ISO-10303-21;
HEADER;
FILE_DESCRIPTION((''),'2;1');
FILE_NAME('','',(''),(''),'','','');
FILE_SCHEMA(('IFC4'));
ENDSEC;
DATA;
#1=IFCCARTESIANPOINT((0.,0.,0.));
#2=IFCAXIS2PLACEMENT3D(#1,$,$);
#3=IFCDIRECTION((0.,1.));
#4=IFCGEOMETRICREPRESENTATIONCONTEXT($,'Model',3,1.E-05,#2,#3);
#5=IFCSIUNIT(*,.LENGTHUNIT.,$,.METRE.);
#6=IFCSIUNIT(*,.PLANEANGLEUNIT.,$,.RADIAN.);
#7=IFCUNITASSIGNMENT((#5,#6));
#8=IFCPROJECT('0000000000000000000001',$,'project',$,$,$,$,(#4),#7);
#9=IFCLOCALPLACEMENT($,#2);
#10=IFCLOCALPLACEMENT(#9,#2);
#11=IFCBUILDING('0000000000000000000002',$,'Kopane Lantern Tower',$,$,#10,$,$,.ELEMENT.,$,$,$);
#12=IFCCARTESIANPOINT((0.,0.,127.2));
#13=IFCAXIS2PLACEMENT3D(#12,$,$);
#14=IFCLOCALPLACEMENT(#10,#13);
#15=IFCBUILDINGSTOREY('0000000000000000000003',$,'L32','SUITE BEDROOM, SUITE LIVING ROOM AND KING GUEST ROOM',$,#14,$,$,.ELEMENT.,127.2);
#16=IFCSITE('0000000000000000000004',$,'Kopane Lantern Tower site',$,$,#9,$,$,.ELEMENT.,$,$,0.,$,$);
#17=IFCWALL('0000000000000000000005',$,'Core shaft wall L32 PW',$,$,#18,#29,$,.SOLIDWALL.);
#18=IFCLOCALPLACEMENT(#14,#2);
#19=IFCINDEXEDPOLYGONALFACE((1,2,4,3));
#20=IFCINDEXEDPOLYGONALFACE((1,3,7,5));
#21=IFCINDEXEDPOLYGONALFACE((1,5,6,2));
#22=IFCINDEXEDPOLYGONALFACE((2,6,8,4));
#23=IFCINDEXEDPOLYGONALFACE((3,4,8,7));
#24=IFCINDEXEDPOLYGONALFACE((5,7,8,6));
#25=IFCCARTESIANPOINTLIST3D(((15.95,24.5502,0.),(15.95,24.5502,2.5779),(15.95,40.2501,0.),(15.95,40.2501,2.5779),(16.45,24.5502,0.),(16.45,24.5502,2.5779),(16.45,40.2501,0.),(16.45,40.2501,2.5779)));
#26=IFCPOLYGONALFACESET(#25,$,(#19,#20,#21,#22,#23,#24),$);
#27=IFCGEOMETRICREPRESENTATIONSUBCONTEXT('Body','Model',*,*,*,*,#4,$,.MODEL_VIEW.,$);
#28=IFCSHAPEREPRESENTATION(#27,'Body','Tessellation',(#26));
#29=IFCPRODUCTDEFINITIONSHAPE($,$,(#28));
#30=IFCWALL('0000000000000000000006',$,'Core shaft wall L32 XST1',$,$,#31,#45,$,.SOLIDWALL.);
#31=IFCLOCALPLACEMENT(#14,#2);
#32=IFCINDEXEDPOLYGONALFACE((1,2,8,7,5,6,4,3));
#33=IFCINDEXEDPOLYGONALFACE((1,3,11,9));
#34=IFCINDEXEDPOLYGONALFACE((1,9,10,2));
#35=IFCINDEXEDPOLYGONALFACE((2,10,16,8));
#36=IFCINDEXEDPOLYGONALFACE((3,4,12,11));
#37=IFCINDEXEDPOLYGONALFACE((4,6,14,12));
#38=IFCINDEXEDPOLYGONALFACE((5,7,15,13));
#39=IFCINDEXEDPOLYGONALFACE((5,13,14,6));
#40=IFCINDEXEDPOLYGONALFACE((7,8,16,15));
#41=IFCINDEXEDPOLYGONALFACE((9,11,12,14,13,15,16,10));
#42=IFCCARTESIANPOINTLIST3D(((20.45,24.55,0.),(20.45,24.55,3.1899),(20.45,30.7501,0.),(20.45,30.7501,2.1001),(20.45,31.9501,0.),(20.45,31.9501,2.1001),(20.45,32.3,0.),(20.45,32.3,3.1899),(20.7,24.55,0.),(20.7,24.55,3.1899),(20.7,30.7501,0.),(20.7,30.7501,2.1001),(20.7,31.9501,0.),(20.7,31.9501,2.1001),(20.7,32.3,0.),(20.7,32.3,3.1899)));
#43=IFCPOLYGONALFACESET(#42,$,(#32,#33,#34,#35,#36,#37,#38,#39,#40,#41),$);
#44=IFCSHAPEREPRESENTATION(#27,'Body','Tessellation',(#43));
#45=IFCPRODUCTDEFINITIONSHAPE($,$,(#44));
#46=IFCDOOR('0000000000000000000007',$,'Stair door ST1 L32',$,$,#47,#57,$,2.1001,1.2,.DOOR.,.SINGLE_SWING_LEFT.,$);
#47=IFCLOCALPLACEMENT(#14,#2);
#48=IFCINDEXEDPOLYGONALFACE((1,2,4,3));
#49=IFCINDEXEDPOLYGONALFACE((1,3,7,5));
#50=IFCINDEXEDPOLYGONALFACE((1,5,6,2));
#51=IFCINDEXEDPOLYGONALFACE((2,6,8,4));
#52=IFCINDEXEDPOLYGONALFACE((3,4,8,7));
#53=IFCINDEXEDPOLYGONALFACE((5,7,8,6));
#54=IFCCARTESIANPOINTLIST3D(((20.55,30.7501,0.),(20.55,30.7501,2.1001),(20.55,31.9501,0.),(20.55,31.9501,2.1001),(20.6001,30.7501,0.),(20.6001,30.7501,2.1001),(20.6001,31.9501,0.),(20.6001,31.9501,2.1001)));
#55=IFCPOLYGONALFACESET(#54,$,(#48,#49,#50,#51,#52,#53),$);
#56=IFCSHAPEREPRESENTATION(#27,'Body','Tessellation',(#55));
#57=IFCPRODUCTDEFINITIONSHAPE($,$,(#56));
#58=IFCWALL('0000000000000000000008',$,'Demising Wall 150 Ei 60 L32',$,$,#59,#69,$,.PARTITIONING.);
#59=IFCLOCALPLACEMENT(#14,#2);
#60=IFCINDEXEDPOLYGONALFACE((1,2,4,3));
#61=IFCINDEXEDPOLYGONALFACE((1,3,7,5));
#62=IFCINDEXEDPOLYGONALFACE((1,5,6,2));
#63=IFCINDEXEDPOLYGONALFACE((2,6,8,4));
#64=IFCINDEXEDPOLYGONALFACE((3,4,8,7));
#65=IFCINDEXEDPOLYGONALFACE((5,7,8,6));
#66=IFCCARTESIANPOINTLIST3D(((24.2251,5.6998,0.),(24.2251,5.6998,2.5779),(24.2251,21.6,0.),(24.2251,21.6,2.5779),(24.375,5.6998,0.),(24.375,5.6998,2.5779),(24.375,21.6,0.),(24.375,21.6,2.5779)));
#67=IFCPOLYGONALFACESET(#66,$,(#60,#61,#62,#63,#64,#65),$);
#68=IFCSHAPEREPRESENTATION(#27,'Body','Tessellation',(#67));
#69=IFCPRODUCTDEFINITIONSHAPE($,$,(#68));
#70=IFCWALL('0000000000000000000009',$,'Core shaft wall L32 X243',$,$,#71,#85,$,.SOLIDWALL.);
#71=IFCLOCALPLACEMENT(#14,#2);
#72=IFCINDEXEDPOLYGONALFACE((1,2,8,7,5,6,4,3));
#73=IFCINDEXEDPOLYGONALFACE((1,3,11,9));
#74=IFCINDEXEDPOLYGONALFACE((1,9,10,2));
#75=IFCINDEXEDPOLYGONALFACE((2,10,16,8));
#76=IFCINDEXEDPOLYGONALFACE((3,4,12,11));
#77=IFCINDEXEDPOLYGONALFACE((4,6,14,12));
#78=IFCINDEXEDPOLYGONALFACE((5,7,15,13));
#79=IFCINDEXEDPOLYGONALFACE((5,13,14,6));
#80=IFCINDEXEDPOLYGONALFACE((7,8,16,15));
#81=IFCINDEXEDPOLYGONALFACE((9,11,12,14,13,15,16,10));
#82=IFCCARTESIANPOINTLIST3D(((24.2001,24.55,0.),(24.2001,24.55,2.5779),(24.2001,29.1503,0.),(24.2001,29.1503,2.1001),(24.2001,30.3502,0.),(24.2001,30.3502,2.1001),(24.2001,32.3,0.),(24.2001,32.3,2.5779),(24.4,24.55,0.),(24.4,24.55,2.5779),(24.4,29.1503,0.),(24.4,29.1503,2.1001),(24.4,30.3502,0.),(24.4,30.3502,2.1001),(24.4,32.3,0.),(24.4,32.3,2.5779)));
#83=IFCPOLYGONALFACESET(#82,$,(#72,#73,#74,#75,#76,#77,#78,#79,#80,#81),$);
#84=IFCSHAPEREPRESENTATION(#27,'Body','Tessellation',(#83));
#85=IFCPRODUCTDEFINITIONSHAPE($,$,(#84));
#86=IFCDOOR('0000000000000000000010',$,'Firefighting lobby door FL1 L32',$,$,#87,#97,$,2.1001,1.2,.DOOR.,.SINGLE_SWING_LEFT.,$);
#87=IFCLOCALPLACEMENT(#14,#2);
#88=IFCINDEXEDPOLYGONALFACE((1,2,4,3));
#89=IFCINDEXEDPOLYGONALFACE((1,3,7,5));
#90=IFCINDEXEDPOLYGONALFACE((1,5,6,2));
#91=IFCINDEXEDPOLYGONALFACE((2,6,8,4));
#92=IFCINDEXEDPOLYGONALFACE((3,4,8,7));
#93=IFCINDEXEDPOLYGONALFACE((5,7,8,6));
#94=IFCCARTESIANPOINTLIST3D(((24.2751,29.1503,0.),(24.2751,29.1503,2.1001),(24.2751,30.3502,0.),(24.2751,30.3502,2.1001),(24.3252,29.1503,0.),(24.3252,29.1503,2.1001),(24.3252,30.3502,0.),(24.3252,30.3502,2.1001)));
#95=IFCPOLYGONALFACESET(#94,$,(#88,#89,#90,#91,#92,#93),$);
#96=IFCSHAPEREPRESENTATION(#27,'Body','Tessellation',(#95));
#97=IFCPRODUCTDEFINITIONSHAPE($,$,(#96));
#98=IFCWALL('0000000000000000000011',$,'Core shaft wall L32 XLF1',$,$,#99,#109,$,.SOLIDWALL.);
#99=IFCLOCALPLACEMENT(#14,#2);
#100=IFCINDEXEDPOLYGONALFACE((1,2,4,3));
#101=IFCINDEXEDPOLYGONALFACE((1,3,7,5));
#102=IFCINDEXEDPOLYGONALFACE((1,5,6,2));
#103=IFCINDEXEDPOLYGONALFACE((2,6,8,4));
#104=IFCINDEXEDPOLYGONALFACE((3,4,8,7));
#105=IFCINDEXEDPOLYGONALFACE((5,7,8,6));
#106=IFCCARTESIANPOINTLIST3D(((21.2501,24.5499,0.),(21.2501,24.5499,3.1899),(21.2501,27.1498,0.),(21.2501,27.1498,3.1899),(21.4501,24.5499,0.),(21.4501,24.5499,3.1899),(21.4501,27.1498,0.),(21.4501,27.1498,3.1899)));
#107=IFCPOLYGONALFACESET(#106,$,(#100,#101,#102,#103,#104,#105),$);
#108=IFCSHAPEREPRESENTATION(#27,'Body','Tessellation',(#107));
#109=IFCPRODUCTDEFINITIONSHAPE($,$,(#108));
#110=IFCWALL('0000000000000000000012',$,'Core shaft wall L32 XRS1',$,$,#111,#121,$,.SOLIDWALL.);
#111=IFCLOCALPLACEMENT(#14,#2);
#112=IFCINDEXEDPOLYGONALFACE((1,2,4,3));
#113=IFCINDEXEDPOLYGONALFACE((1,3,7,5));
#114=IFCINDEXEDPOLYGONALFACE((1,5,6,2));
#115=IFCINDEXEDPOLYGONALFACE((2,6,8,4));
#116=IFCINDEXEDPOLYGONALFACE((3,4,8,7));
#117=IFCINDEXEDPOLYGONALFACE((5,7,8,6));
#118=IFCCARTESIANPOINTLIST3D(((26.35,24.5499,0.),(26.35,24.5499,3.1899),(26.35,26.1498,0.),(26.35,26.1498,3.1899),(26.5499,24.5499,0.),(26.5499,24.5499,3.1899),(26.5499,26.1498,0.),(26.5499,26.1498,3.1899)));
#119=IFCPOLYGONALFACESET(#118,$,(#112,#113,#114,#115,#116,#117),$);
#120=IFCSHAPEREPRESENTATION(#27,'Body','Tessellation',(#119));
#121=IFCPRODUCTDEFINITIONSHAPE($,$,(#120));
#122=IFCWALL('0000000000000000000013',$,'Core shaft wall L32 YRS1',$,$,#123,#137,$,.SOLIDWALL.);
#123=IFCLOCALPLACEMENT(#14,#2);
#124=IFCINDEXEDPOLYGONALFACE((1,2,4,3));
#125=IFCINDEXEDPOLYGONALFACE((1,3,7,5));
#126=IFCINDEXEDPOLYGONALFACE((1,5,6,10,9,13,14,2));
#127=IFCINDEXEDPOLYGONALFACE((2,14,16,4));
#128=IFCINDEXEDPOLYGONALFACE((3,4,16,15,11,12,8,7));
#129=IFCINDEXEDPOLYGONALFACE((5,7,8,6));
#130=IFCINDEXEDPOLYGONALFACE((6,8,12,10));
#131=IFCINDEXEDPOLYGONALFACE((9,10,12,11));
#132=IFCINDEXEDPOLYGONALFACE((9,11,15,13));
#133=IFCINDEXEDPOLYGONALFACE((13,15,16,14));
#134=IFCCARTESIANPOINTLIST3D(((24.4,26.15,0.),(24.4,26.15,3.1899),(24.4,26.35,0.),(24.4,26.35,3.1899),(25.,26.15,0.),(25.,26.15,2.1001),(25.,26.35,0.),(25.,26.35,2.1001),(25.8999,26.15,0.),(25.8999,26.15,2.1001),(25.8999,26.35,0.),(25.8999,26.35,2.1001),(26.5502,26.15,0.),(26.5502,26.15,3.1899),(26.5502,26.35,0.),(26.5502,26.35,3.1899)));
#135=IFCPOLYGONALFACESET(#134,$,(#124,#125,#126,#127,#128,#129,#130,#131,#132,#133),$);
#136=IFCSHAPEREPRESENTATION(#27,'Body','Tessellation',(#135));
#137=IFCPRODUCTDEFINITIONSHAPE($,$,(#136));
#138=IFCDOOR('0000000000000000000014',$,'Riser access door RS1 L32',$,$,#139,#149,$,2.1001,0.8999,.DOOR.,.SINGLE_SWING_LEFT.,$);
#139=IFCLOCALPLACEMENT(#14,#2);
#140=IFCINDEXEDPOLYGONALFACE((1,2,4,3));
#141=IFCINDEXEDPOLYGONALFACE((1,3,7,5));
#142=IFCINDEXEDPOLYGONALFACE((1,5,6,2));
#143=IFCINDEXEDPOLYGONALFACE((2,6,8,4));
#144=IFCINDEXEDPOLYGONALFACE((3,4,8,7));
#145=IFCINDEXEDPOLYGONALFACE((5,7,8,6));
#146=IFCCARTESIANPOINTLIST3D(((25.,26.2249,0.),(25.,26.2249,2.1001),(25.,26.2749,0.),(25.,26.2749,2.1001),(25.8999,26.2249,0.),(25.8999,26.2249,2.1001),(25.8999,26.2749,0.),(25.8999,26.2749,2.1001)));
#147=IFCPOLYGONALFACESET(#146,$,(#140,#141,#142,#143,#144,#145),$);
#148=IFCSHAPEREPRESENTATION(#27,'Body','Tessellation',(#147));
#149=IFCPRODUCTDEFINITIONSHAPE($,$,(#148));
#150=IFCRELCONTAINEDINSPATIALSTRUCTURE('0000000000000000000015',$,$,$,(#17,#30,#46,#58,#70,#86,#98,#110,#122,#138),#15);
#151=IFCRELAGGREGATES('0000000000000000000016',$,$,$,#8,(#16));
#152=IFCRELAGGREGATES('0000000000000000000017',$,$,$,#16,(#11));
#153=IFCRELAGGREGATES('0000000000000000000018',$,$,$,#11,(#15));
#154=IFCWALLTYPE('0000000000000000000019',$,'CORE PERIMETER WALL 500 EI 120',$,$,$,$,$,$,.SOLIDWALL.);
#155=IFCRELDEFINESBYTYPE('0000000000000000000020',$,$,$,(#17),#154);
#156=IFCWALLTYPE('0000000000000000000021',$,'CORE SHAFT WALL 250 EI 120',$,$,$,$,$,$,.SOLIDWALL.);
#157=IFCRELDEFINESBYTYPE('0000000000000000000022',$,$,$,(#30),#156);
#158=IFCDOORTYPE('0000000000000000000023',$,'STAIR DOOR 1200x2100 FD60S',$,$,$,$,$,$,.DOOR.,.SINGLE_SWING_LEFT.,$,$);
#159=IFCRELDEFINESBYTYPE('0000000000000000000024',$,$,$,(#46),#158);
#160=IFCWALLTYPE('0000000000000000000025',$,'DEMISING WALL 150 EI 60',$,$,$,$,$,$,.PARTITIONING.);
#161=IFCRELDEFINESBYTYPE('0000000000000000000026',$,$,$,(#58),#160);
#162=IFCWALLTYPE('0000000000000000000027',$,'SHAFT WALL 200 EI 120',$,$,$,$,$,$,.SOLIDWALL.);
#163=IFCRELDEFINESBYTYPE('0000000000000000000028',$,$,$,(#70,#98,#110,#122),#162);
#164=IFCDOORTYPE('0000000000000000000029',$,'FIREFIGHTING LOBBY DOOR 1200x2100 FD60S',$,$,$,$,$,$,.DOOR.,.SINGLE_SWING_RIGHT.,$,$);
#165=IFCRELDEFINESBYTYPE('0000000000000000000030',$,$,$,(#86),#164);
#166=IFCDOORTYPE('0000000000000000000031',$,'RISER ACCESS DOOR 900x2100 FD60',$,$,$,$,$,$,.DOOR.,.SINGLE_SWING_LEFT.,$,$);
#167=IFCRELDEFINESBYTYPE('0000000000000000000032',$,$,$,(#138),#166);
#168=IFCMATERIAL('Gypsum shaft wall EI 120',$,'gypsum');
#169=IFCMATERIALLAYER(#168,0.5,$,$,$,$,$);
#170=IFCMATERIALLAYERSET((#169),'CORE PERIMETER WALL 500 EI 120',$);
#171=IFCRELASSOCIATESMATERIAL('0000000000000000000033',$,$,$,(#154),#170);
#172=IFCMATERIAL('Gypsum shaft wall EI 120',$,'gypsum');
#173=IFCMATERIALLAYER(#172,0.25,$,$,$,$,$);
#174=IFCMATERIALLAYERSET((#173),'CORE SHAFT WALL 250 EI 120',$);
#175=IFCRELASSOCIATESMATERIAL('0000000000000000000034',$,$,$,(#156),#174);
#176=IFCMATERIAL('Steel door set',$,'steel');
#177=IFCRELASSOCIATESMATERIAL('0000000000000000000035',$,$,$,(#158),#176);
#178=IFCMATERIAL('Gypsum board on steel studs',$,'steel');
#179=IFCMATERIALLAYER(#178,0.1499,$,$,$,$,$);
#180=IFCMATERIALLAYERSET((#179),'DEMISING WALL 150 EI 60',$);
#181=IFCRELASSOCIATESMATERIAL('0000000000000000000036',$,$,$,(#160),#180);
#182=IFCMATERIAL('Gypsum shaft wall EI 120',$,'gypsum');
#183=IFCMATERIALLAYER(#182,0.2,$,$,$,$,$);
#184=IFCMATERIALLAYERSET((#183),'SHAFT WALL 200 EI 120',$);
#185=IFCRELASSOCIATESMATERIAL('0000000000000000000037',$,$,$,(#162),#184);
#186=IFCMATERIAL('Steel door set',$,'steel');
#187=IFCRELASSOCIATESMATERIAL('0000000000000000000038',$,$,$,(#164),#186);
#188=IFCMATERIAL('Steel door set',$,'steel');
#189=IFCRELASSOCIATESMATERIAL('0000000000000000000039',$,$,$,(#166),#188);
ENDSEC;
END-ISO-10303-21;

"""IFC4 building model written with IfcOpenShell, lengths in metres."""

from ifc_helpers import new_model, si_unit, direction, frame, frame_2d, origin, place, context, subcontext, project, spatial, rectangle, extrude, material, layer, layer_set, type_object, element, fill, save


model = new_model("IFC4")

# Units and contexts
model_context = context("Model", 3, precision=1e-05, world=origin(), true_north=direction((0.0, 1.0)))
body_context = subcontext(model_context, "Body", "Model", "MODEL_VIEW")
ifc_project = project(units=[si_unit("LENGTHUNIT", "METRE"), si_unit("PLANEANGLEUNIT", "RADIAN")], contexts=[model_context])

# Site, building, storey
site_placement = place(None, origin())
site = spatial("IfcSite", under=ifc_project, at=site_placement, Name="Kopane Lantern Tower site", CompositionType="ELEMENT", RefElevation=0.0)
building_placement = place(site_placement, origin())
building = spatial("IfcBuilding", under=site, at=building_placement, Name="Kopane Lantern Tower", CompositionType="ELEMENT")
storey_placement = place(building_placement, frame((0.0, 0.0, 127.2)))
storey = spatial("IfcBuildingStorey", under=building, at=storey_placement, Name="L32", Description="SUITE BEDROOM, SUITE LIVING ROOM AND KING GUEST ROOM", CompositionType="ELEMENT", Elevation=127.2)

# Wall
ifc_material_1 = material(Name="Gypsum shaft wall EI 120", Category="gypsum")
ifc_layer_1 = layer(ifc_material_1, 0.5)
ifc_layer_set_1 = layer_set([ifc_layer_1], Name="CORE PERIMETER WALL 500 EI 120")
wall_type_1 = type_object("IfcWallType", Name="CORE PERIMETER WALL 500 EI 120", PredefinedType="SOLIDWALL", material=ifc_layer_set_1)
wall_1_placement = place(storey_placement, frame((16.2, 24.55, 0.0), z_axis=(0.0, 0.0, 1.0), x_axis=(0.0, 1.0, 0.0)))
element("IfcWall", 1, at=wall_1_placement, inside=storey, type_object=wall_type_1, Name="Core shaft wall L32 PW", PredefinedType="SOLIDWALL", context=body_context, shape_type="SweptSolid", body=[
    extrude(rectangle(XDim=15.7, YDim=0.5, at=frame_2d((7.8501, 0.0))), origin(), (0.0, 0.0, 1.0), 2.5779),
])

# Wall, opening, door
ifc_material_2 = material(Name="Gypsum shaft wall EI 120", Category="gypsum")
ifc_layer_2 = layer(ifc_material_2, 0.25)
ifc_layer_set_2 = layer_set([ifc_layer_2], Name="CORE SHAFT WALL 250 EI 120")
wall_type_2 = type_object("IfcWallType", Name="CORE SHAFT WALL 250 EI 120", PredefinedType="SOLIDWALL", material=ifc_layer_set_2)
wall_2_placement = place(storey_placement, frame((20.575, 24.55, 0.0), z_axis=(0.0, 0.0, 1.0), x_axis=(0.0, 1.0, 0.0)))
wall_2 = element("IfcWall", 2, at=wall_2_placement, inside=storey, type_object=wall_type_2, Name="Core shaft wall L32 XST1", PredefinedType="SOLIDWALL", context=body_context, shape_type="SweptSolid", body=[
    extrude(rectangle(XDim=7.75, YDim=0.25, at=frame_2d((3.875, 0.0))), origin(), (0.0, 0.0, 1.0), 3.1899),
])
opening_1_placement = place(wall_2_placement, frame((6.2, 0.0, 0.0)))
opening_1 = element("IfcOpeningElement", 3, at=opening_1_placement, cuts=wall_2, PredefinedType="OPENING", context=body_context, shape_type="SweptSolid", body=[
    extrude(rectangle(XDim=1.2, YDim=2.1001, at=frame_2d((0.6001, 1.05))), frame((0.0, 0.135, 0.0), z_axis=(0.0, -1.0, 0.0), x_axis=(1.0, 0.0, 0.0)), (0.0, 0.0, 1.0), 0.27),
])
ifc_material_3 = material(Name="Steel door set", Category="steel")
door_type_1 = type_object("IfcDoorType", Name="STAIR DOOR 1200x2100 FD60S", OperationType="SINGLE_SWING_LEFT", PredefinedType="DOOR", material=ifc_material_3)
door_1_placement = place(opening_1_placement, origin())
door_1 = element("IfcDoor", 4, at=door_1_placement, inside=storey, type_object=door_type_1, Name="Stair door ST1 L32", OperationType="SINGLE_SWING_LEFT", OverallHeight=2.1001, OverallWidth=1.2, PredefinedType="DOOR", context=body_context, shape_type="SweptSolid", body=[
    extrude(rectangle(XDim=1.2, YDim=2.1001, at=frame_2d((0.6001, 1.05))), frame((0.0, 0.0249, 0.0), z_axis=(0.0, -1.0, 0.0), x_axis=(1.0, 0.0, 0.0)), (0.0, 0.0, 1.0), 0.05),
])
fill(opening_1, door_1)

# Wall
ifc_material_4 = material(Name="Gypsum board on steel studs", Category="steel")
ifc_layer_3 = layer(ifc_material_4, 0.1499)
ifc_layer_set_3 = layer_set([ifc_layer_3], Name="DEMISING WALL 150 EI 60")
wall_type_3 = type_object("IfcWallType", Name="DEMISING WALL 150 EI 60", PredefinedType="PARTITIONING", material=ifc_layer_set_3)
wall_3_placement = place(storey_placement, frame((24.3, 21.6001, 0.0), z_axis=(0.0, 0.0, 1.0), x_axis=(0.0, -1.0, 0.0)))
element("IfcWall", 5, at=wall_3_placement, inside=storey, type_object=wall_type_3, Name="Demising Wall 150 Ei 60 L32", PredefinedType="PARTITIONING", context=body_context, shape_type="SweptSolid", body=[
    extrude(rectangle(XDim=15.9001, YDim=0.1499, at=frame_2d((7.9502, 0.0))), origin(), (0.0, 0.0, 1.0), 2.5779),
])

# Wall, opening, door
ifc_material_5 = material(Name="Gypsum shaft wall EI 120", Category="gypsum")
ifc_layer_4 = layer(ifc_material_5, 0.2)
ifc_layer_set_4 = layer_set([ifc_layer_4], Name="SHAFT WALL 200 EI 120")
wall_type_4 = type_object("IfcWallType", Name="SHAFT WALL 200 EI 120", PredefinedType="SOLIDWALL", material=ifc_layer_set_4)
wall_4_placement = place(storey_placement, frame((24.3, 24.55, 0.0), z_axis=(0.0, 0.0, 1.0), x_axis=(0.0, 1.0, 0.0)))
wall_4 = element("IfcWall", 6, at=wall_4_placement, inside=storey, type_object=wall_type_4, Name="Core shaft wall L32 X243", PredefinedType="SOLIDWALL", context=body_context, shape_type="SweptSolid", body=[
    extrude(rectangle(XDim=7.75, YDim=0.2, at=frame_2d((3.875, 0.0))), origin(), (0.0, 0.0, 1.0), 2.5779),
])
opening_2_placement = place(wall_4_placement, frame((4.6001, 0.0, 0.0)))
opening_2 = element("IfcOpeningElement", 7, at=opening_2_placement, cuts=wall_4, PredefinedType="OPENING", context=body_context, shape_type="SweptSolid", body=[
    extrude(rectangle(XDim=1.2, YDim=2.1001, at=frame_2d((0.6001, 1.05))), frame((0.0, 0.1099, 0.0), z_axis=(0.0, -1.0, 0.0), x_axis=(1.0, 0.0, 0.0)), (0.0, 0.0, 1.0), 0.22),
])
ifc_material_6 = material(Name="Steel door set", Category="steel")
door_type_2 = type_object("IfcDoorType", Name="FIREFIGHTING LOBBY DOOR 1200x2100 FD60S", OperationType="SINGLE_SWING_RIGHT", PredefinedType="DOOR", material=ifc_material_6)
door_2_placement = place(opening_2_placement, origin())
door_2 = element("IfcDoor", 8, at=door_2_placement, inside=storey, type_object=door_type_2, Name="Firefighting lobby door FL1 L32", OperationType="SINGLE_SWING_LEFT", OverallHeight=2.1001, OverallWidth=1.2, PredefinedType="DOOR", context=body_context, shape_type="SweptSolid", body=[
    extrude(rectangle(XDim=1.2, YDim=2.1001, at=frame_2d((0.6001, 1.05))), frame((0.0, 0.0249, 0.0), z_axis=(0.0, -1.0, 0.0), x_axis=(1.0, 0.0, 0.0)), (0.0, 0.0, 1.0), 0.05),
])
fill(opening_2, door_2)

# Walls
wall_5_placement = place(storey_placement, frame((21.3501, 24.55, 0.0), z_axis=(0.0, 0.0, 1.0), x_axis=(0.0, 1.0, 0.0)))
element("IfcWall", 9, at=wall_5_placement, inside=storey, type_object=wall_type_4, Name="Core shaft wall L32 XLF1", PredefinedType="SOLIDWALL", context=body_context, shape_type="SweptSolid", body=[
    extrude(rectangle(XDim=2.5999, YDim=0.2, at=frame_2d((1.2998, 0.0))), origin(), (0.0, 0.0, 1.0), 3.1899),
])
wall_6_placement = place(storey_placement, frame((26.45, 24.55, 0.0), z_axis=(0.0, 0.0, 1.0), x_axis=(0.0, 1.0, 0.0)))
element("IfcWall", 10, at=wall_6_placement, inside=storey, type_object=wall_type_4, Name="Core shaft wall L32 XRS1", PredefinedType="SOLIDWALL", context=body_context, shape_type="SweptSolid", body=[
    extrude(rectangle(XDim=1.5999, YDim=0.2, at=frame_2d((0.7998, 0.0))), origin(), (0.0, 0.0, 1.0), 3.1899),
])

# Wall, opening, door
wall_7_placement = place(storey_placement, frame((24.3999, 26.25, 0.0), z_axis=(0.0, 0.0, 1.0), x_axis=(1.0, 0.0, 0.0)))
wall_7 = element("IfcWall", 11, at=wall_7_placement, inside=storey, type_object=wall_type_4, Name="Core shaft wall L32 YRS1", PredefinedType="SOLIDWALL", context=body_context, shape_type="SweptSolid", body=[
    extrude(rectangle(XDim=2.1501, YDim=0.2, at=frame_2d((1.0752, 0.0))), origin(), (0.0, 0.0, 1.0), 3.1899),
])
opening_3_placement = place(wall_7_placement, frame((0.6001, 0.0, 0.0)))
opening_3 = element("IfcOpeningElement", 12, at=opening_3_placement, cuts=wall_7, PredefinedType="OPENING", context=body_context, shape_type="SweptSolid", body=[
    extrude(rectangle(XDim=0.8999, YDim=2.1001, at=frame_2d((0.45, 1.05))), frame((0.0, 0.1099, 0.0), z_axis=(0.0, -1.0, 0.0), x_axis=(1.0, 0.0, 0.0)), (0.0, 0.0, 1.0), 0.22),
])
ifc_material_7 = material(Name="Steel door set", Category="steel")
door_type_3 = type_object("IfcDoorType", Name="RISER ACCESS DOOR 900x2100 FD60", OperationType="SINGLE_SWING_LEFT", PredefinedType="DOOR", material=ifc_material_7)
door_3_placement = place(opening_3_placement, origin())
door_3 = element("IfcDoor", 13, at=door_3_placement, inside=storey, type_object=door_type_3, Name="Riser access door RS1 L32", OperationType="SINGLE_SWING_LEFT", OverallHeight=2.1001, OverallWidth=0.8999, PredefinedType="DOOR", context=body_context, shape_type="SweptSolid", body=[
    extrude(rectangle(XDim=0.8999, YDim=2.1001, at=frame_2d((0.45, 1.05))), frame((0.0, 0.0249, 0.0), z_axis=(0.0, -1.0, 0.0), x_axis=(1.0, 0.0, 0.0)), (0.0, 0.0, 1.0), 0.05),
])
fill(opening_3, door_3)

save(model, "model.ifc")
